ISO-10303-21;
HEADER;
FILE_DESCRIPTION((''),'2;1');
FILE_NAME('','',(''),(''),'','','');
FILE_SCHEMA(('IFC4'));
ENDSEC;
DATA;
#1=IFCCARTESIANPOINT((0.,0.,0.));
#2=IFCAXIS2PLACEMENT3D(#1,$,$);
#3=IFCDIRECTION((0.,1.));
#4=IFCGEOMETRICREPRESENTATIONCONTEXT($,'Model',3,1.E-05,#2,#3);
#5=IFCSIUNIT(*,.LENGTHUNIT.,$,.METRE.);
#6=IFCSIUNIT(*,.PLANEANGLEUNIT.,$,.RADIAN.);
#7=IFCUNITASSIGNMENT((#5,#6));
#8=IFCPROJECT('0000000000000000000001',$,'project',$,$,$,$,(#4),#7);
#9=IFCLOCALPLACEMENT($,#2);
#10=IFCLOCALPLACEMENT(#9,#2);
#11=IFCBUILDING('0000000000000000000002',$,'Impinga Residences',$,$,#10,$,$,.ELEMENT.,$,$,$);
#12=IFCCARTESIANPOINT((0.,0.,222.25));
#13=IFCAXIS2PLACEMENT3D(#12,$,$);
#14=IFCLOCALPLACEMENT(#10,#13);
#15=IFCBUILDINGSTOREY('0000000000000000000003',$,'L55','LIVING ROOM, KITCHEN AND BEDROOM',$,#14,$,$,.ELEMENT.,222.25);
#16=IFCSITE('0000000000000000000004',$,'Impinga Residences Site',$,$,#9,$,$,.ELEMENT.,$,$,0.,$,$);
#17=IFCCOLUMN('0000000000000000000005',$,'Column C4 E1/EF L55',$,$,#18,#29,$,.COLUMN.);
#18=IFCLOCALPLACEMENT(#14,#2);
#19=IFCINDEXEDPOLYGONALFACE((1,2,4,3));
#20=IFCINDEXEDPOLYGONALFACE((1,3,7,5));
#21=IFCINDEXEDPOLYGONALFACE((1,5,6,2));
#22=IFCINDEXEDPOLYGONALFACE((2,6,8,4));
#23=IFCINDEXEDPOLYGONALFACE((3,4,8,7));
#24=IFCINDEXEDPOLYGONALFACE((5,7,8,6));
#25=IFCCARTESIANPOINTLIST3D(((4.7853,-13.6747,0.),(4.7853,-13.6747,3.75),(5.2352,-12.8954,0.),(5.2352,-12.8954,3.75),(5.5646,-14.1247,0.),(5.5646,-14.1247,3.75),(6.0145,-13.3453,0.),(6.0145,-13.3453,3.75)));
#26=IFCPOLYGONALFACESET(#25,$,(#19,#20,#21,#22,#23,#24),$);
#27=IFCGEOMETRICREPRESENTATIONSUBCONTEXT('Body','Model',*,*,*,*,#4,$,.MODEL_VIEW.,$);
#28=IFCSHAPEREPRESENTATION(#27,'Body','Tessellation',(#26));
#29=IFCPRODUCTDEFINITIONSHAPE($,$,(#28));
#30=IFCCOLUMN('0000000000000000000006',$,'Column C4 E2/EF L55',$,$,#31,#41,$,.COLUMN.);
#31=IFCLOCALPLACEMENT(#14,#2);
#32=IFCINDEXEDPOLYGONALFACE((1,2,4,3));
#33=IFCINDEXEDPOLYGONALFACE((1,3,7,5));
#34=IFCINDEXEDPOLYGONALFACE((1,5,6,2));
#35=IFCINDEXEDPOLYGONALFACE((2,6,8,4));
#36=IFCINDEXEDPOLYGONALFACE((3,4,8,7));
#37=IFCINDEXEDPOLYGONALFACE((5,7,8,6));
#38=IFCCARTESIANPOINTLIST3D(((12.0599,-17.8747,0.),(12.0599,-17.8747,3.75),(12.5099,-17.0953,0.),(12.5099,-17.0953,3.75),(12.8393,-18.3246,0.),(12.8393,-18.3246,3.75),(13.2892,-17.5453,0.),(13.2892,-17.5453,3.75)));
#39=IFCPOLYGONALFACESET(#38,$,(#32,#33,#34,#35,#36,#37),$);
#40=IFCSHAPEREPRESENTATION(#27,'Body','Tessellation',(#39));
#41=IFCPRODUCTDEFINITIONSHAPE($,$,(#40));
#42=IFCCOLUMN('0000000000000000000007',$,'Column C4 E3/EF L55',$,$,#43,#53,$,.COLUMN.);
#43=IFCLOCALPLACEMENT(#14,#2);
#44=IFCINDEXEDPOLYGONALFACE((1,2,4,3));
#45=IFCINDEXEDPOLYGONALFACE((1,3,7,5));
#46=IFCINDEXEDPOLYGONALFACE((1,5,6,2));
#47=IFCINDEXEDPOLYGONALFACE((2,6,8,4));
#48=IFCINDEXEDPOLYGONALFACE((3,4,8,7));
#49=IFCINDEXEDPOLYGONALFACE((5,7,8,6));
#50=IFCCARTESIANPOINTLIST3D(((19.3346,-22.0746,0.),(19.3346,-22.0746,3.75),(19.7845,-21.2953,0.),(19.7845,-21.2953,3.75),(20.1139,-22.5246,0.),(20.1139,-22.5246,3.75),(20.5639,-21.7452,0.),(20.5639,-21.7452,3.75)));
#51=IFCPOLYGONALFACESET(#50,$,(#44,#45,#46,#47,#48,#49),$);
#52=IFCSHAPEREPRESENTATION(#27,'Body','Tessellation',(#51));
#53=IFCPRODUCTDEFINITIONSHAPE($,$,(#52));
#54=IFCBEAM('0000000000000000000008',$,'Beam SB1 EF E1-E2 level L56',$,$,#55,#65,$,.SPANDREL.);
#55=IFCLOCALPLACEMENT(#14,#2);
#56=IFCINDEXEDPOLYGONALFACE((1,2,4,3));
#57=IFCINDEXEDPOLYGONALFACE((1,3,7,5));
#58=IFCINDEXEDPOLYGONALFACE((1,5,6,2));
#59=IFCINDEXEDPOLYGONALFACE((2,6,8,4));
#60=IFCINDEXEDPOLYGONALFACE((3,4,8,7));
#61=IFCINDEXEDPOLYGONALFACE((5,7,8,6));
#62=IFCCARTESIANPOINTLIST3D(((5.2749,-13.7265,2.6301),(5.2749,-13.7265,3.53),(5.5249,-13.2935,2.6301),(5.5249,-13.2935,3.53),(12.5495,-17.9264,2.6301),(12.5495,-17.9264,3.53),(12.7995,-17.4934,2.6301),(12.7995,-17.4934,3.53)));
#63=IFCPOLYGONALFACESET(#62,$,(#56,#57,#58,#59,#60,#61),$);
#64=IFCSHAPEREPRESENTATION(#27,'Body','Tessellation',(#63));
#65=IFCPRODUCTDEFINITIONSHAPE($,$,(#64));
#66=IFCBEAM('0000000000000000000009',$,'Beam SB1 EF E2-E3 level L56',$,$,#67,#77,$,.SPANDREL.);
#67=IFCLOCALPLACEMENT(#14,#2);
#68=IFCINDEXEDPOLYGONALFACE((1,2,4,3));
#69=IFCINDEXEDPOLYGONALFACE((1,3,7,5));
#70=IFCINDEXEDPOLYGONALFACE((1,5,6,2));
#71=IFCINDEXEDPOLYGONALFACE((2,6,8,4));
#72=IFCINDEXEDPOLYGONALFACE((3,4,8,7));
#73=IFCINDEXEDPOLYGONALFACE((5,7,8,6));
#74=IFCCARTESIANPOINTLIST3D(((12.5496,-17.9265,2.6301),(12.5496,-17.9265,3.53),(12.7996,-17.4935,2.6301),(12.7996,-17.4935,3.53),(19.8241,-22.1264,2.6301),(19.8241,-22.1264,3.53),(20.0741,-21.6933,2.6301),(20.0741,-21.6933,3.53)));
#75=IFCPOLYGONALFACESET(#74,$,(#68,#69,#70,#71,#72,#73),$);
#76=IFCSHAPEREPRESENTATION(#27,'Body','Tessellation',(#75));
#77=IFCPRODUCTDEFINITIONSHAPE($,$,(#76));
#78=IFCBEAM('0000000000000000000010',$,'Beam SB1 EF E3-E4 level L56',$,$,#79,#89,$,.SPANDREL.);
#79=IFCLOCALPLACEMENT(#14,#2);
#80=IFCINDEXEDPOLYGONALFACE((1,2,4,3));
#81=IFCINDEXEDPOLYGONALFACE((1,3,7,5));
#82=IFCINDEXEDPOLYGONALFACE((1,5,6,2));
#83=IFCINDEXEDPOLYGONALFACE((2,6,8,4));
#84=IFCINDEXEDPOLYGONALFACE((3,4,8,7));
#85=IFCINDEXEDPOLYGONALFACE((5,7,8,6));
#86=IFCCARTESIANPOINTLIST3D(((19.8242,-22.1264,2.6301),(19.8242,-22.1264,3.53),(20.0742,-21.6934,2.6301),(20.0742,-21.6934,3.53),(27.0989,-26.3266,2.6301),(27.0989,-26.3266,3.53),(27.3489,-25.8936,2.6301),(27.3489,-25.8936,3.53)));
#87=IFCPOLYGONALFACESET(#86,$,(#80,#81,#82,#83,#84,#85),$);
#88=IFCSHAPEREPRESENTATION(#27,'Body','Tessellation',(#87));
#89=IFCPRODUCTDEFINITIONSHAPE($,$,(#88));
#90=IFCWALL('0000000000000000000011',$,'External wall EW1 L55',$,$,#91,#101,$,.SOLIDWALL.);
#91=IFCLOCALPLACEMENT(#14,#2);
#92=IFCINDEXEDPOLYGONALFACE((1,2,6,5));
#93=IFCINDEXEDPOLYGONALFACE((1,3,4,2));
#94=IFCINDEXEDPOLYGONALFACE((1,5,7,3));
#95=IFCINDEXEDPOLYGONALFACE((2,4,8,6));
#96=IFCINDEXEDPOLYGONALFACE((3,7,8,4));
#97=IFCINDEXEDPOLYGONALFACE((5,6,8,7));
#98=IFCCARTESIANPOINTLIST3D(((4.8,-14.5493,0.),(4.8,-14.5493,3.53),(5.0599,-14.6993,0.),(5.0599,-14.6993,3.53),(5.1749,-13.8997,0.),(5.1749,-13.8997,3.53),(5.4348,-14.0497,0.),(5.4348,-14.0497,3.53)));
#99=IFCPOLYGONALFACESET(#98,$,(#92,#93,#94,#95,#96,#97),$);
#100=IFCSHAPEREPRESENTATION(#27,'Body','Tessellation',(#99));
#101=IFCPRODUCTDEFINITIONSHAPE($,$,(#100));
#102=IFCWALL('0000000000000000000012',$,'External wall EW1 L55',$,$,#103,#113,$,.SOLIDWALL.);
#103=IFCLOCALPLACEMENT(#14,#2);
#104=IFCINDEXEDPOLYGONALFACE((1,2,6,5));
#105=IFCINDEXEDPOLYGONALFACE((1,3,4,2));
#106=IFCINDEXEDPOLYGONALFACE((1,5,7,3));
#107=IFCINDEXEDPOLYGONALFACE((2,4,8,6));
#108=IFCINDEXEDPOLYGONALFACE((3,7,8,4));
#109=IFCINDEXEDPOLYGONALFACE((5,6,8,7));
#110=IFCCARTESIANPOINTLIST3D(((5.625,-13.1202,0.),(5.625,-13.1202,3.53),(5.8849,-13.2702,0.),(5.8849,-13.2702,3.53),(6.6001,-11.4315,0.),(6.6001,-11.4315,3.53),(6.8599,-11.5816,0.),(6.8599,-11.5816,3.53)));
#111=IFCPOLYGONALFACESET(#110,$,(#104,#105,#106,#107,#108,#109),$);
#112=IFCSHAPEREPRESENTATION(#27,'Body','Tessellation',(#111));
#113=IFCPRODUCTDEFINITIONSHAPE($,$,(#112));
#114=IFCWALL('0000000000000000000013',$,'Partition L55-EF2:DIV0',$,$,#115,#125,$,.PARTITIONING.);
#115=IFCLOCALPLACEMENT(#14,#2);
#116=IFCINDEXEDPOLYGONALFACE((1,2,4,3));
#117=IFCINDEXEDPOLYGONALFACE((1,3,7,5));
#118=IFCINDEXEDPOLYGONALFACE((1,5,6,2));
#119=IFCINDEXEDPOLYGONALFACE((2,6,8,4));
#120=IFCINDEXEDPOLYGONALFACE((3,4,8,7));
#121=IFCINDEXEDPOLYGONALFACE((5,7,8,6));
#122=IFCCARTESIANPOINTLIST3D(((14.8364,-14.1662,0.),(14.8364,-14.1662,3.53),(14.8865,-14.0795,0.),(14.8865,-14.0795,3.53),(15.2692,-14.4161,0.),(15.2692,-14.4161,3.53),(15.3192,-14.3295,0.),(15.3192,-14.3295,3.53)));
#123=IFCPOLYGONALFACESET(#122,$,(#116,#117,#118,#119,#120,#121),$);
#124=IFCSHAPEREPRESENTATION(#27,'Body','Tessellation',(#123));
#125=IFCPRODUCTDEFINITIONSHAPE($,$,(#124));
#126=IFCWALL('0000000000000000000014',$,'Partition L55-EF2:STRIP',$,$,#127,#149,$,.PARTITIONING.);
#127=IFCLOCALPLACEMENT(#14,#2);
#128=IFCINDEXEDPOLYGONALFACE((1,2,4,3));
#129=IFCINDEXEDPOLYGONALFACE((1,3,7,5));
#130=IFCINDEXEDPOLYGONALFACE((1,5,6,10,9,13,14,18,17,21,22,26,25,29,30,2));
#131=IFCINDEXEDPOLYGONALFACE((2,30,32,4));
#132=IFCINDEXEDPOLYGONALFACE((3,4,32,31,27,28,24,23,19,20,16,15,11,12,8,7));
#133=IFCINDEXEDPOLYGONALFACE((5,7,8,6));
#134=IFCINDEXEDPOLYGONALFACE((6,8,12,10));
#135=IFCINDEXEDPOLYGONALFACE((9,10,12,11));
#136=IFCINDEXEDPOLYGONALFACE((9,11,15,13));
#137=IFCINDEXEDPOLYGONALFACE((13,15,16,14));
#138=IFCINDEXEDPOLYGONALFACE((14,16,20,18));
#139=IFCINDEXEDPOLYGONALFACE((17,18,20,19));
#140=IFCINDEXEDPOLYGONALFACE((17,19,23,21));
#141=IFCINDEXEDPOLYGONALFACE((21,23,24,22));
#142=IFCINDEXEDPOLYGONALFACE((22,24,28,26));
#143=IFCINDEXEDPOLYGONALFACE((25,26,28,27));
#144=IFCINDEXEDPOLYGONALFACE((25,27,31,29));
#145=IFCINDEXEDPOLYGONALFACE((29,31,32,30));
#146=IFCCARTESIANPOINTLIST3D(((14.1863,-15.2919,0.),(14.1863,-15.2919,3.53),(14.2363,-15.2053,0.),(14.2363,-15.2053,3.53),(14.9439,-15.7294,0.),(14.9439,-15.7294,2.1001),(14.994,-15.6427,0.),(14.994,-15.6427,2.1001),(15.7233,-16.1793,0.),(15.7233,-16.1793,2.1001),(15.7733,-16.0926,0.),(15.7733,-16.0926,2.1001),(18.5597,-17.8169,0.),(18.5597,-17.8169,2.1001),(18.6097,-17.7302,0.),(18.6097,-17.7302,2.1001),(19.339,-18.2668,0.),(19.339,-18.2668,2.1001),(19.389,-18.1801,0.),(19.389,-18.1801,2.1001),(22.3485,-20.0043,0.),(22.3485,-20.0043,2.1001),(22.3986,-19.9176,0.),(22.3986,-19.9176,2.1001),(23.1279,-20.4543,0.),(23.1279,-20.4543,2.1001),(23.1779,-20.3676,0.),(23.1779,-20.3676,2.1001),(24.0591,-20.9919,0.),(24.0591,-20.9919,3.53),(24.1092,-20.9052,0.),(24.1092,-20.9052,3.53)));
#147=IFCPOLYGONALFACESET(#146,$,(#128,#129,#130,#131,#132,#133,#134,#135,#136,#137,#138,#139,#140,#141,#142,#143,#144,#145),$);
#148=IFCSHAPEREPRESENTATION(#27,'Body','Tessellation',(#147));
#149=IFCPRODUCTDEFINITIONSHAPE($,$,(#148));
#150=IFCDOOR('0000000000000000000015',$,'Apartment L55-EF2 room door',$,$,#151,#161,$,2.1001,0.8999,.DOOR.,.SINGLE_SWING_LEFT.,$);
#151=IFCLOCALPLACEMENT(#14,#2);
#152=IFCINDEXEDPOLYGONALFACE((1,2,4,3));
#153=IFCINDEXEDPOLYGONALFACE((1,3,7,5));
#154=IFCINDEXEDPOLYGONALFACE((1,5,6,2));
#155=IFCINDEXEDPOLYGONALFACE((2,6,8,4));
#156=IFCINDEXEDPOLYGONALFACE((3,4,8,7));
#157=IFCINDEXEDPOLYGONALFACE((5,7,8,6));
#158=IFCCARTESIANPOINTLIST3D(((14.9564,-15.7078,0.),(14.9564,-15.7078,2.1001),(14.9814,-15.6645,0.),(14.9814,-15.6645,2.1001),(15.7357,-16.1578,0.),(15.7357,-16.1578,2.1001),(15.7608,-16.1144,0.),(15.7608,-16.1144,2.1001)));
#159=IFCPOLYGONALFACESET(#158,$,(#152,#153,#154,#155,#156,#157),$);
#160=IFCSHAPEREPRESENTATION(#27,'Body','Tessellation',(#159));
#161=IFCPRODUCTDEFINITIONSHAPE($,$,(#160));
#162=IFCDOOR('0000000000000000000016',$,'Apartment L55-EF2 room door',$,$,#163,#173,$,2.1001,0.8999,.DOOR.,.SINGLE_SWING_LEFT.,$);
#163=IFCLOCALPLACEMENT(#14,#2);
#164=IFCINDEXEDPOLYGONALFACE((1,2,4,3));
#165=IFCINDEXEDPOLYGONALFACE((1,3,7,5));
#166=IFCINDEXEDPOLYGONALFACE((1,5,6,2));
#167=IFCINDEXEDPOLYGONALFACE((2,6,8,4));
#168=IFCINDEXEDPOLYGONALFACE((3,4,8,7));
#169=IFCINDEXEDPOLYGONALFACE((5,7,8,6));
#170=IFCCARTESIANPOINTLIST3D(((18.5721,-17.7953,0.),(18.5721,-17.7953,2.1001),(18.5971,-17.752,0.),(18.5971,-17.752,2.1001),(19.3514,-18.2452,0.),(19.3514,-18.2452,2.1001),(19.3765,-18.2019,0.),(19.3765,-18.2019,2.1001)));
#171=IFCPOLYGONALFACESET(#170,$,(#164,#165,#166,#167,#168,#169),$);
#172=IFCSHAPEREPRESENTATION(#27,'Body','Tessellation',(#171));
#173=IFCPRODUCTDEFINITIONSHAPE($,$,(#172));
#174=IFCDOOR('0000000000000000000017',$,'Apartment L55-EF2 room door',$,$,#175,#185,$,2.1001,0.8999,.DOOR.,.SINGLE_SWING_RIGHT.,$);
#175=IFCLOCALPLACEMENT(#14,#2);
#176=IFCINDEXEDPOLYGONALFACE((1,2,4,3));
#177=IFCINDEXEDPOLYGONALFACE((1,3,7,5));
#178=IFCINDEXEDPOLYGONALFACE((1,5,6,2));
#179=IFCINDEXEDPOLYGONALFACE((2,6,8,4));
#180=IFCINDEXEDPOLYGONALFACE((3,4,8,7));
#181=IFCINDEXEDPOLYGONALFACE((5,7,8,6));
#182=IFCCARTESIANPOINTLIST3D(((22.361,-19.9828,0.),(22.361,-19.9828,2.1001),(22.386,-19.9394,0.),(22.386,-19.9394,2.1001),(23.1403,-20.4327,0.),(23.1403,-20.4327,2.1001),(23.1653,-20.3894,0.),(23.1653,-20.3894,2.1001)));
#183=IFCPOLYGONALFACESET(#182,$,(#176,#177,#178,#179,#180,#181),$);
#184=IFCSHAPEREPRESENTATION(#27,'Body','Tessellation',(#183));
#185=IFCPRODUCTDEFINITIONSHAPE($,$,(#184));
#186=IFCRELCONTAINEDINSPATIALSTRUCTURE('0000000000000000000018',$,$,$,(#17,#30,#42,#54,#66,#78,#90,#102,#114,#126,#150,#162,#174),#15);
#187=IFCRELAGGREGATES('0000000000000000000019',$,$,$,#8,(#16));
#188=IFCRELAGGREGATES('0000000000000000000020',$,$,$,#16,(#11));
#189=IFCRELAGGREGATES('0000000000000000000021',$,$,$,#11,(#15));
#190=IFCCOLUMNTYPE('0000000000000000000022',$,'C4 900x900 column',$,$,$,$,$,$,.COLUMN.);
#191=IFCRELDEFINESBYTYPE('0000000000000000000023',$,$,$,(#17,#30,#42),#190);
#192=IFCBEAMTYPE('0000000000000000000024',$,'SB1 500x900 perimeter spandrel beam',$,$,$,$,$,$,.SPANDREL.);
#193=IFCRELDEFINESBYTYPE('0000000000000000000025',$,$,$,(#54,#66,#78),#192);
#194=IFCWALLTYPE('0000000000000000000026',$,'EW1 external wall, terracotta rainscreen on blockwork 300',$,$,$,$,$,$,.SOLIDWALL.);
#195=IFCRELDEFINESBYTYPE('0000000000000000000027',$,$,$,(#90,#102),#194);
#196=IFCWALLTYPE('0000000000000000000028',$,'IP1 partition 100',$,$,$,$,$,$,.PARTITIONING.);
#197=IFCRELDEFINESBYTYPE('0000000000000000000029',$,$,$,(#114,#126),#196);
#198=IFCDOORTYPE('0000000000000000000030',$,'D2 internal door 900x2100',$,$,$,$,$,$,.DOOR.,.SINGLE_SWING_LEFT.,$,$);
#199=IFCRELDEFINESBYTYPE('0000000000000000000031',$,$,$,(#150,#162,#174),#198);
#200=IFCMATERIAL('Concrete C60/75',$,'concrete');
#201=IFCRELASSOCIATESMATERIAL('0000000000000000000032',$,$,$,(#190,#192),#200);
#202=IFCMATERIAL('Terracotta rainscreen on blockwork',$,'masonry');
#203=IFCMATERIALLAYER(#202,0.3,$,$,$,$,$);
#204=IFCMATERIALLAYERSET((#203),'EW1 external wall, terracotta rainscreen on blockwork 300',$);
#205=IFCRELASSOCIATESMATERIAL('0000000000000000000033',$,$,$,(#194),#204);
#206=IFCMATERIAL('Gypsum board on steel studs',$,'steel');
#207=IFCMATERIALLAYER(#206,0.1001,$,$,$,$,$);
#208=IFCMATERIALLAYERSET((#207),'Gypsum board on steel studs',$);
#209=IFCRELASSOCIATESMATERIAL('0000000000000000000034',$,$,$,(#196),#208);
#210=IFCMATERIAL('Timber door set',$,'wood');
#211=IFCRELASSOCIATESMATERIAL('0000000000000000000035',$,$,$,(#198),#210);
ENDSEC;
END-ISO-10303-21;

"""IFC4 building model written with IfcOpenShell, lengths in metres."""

from ifc_helpers import new_model, si_unit, direction, frame, frame_2d, origin, origin_2d, place, context, subcontext, project, spatial, rectangle, extrude, material, layer, layer_set, material_profile, profile_set, type_object, element, fill, save


model = new_model("IFC4")

# Units and contexts
model_context = context("Model", 3, precision=1e-05, world=origin(), true_north=direction((0.0, 1.0)))
body_context = subcontext(model_context, "Body", "Model", "MODEL_VIEW")
ifc_project = project(units=[si_unit("LENGTHUNIT", "METRE"), si_unit("PLANEANGLEUNIT", "RADIAN")], contexts=[model_context])

# Site, building, storey
site_placement = place(None, origin())
site = spatial("IfcSite", under=ifc_project, at=site_placement, Name="Impinga Residences Site", CompositionType="ELEMENT", RefElevation=0.0)
building_placement = place(site_placement, origin())
building = spatial("IfcBuilding", under=site, at=building_placement, Name="Impinga Residences", CompositionType="ELEMENT")
storey_placement = place(building_placement, frame((0.0, 0.0, 222.25)))
storey = spatial("IfcBuildingStorey", under=building, at=storey_placement, Name="L55", Description="LIVING ROOM, KITCHEN AND BEDROOM", CompositionType="ELEMENT", Elevation=222.25)

# Columns
ifc_material_1 = material(Name="Concrete C60/75", Category="concrete")
ifc_material_profile_1 = material_profile(ifc_material_1, rectangle(XDim=0.8999, YDim=0.8999, at=origin_2d()), Name="RC 900x900")
ifc_profile_set_1 = profile_set([ifc_material_profile_1], Name="Concrete C60/75")
column_type = type_object("IfcColumnType", Name="C4 900x900 column", PredefinedType="COLUMN", material=ifc_profile_set_1)
for number, where, z_axis, x_axis, name in (
    (1, (5.3999, -13.51, 0.0), (0.0, 0.0, 1.0), (-0.5, -0.866025, 0.0), "Column C4 E1/EF L55"),
    (2, (12.6746, -17.71, 0.0), (0.0, 0.0, 1.0), (-0.5, -0.866025, 0.0), "Column C4 E2/EF L55"),
    (3, (19.9492, -21.9099, 0.0), (0.0, 0.0, 1.0), (-0.5, -0.866025, 0.0), "Column C4 E3/EF L55"),
):
    element("IfcColumn", number, at=place(storey_placement, frame(where, z_axis=z_axis, x_axis=x_axis)), inside=storey, type_object=column_type, Name=name, PredefinedType="COLUMN", context=body_context, shape_type="SweptSolid", body=[
        extrude(rectangle(XDim=0.8999, YDim=0.8999, at=origin_2d()), origin(), (0.0, 0.0, 1.0), 3.75),
    ])

# Beams
ifc_material_profile_2 = material_profile(ifc_material_1, rectangle(XDim=0.5, YDim=0.8999, at=origin_2d()), Name="RC 500x900")
ifc_profile_set_2 = profile_set([ifc_material_profile_2], Name="Concrete C60/75")
beam_type = type_object("IfcBeamType", Name="SB1 500x900 perimeter spandrel beam", PredefinedType="SPANDREL", material=ifc_profile_set_2)
for number, where, z_axis, x_axis, name in (
    (4, (5.3999, -13.51, 3.0801), (0.866029, -0.499993, 0.0), (0.499993, 0.866029, 0.0), "Beam SB1 EF E1-E2 level L56"),
    (5, (12.6746, -17.71, 3.0801), (0.866029, -0.499993, 0.0), (0.499993, 0.866029, 0.0), "Beam SB1 EF E2-E3 level L56"),
):
    element("IfcBeam", number, at=place(storey_placement, frame(where, z_axis=z_axis, x_axis=x_axis)), inside=storey, type_object=beam_type, Name=name, PredefinedType="SPANDREL", context=body_context, shape_type="SweptSolid", body=[
        extrude(rectangle(XDim=0.5, YDim=0.8999, at=origin_2d()), origin(), (0.0, 0.0, 1.0), 8.3999),
    ])
beam_placement = place(storey_placement, frame((19.9492, -21.9099, 3.0801), z_axis=(0.866017, -0.500015, 0.0), x_axis=(0.500015, 0.866017, 0.0)))
element("IfcBeam", 6, at=beam_placement, inside=storey, type_object=beam_type, Name="Beam SB1 EF E3-E4 level L56", PredefinedType="SPANDREL", context=body_context, shape_type="SweptSolid", body=[
    extrude(rectangle(XDim=0.5, YDim=0.8999, at=origin_2d()), origin(), (0.0, 0.0, 1.0), 8.4001),
])

# Walls
ifc_material_2 = material(Name="Terracotta rainscreen on blockwork", Category="masonry")
ifc_layer_1 = layer(ifc_material_2, 0.3)
ifc_layer_set_1 = layer_set([ifc_layer_1], Name="EW1 external wall, terracotta rainscreen on blockwork 300")
wall_type_1 = type_object("IfcWallType", Name="EW1 external wall, terracotta rainscreen on blockwork 300", PredefinedType="SOLIDWALL", material=ifc_layer_set_1)
wall_1_placement = place(storey_placement, frame((4.9299, -14.6243, 0.0), z_axis=(0.0, 0.0, 1.0), x_axis=(0.49992, 0.866072, 0.0)))
element("IfcWall", 7, at=wall_1_placement, inside=storey, type_object=wall_type_1, Name="External wall EW1 L55", PredefinedType="SOLIDWALL", context=body_context, shape_type="SweptSolid", body=[
    extrude(rectangle(XDim=0.75, YDim=0.3, at=frame_2d((0.375, 0.0))), origin(), (0.0, 0.0, 1.0), 3.53),
])
wall_2_placement = place(storey_placement, frame((5.7549, -13.1953, 0.0), z_axis=(0.0, 0.0, 1.0), x_axis=(0.500044, 0.866, 0.0)))
element("IfcWall", 8, at=wall_2_placement, inside=storey, type_object=wall_type_1, Name="External wall EW1 L55", PredefinedType="SOLIDWALL", context=body_context, shape_type="SweptSolid", body=[
    extrude(rectangle(XDim=1.95, YDim=0.3, at=frame_2d((0.9751, 0.0))), origin(), (0.0, 0.0, 1.0), 3.53),
])
ifc_material_3 = material(Name="Gypsum board on steel studs", Category="steel")
ifc_layer_2 = layer(ifc_material_3, 0.1001)
ifc_layer_set_2 = layer_set([ifc_layer_2], Name="Gypsum board on steel studs")
wall_type_2 = type_object("IfcWallType", Name="IP1 partition 100", PredefinedType="PARTITIONING", material=ifc_layer_set_2)
wall_3_placement = place(storey_placement, frame((14.8613, -14.1228, 0.0), z_axis=(0.0, 0.0, 1.0), x_axis=(0.86595, -0.500131, 0.0)))
element("IfcWall", 9, at=wall_3_placement, inside=storey, type_object=wall_type_2, Name="Partition L55-EF2:DIV0", PredefinedType="PARTITIONING", context=body_context, shape_type="SweptSolid", body=[
    extrude(rectangle(XDim=0.4998, YDim=0.1001, at=frame_2d((0.25, 0.0))), origin(), (0.0, 0.0, 1.0), 3.53),
])

# Wall, openings, doors
wall_4_placement = place(storey_placement, frame((14.2112, -15.2485, 0.0), z_axis=(0.0, 0.0, 1.0), x_axis=(0.86603, -0.499992, 0.0)))
wall_4 = element("IfcWall", 10, at=wall_4_placement, inside=storey, type_object=wall_type_2, Name="Partition L55-EF2:STRIP", PredefinedType="PARTITIONING", context=body_context, shape_type="SweptSolid", body=[
    extrude(rectangle(XDim=11.4001, YDim=0.1001, at=frame_2d((5.7002, 0.0))), origin(), (0.0, 0.0, 1.0), 3.53),
])
opening_1_placement = place(wall_4_placement, frame((0.875, 0.0, 0.0)))
opening_1 = element("IfcOpeningElement", 11, at=opening_1_placement, cuts=wall_4, PredefinedType="OPENING", context=body_context, shape_type="SweptSolid", body=[
    extrude(rectangle(XDim=0.8999, YDim=2.1001, at=frame_2d((0.45, 1.05))), frame((0.0, 0.0601, 0.0), z_axis=(0.0, -1.0, 0.0), x_axis=(1.0, 0.0, 0.0)), (0.0, 0.0, 1.0), 0.1201),
])
opening_2_placement = place(wall_4_placement, frame((5.05, 0.0, 0.0)))
opening_2 = element("IfcOpeningElement", 12, at=opening_2_placement, cuts=wall_4, PredefinedType="OPENING", context=body_context, shape_type="SweptSolid", body=[
    extrude(rectangle(XDim=0.8999, YDim=2.1001, at=frame_2d((0.45, 1.05))), frame((0.0, 0.0601, 0.0), z_axis=(0.0, -1.0, 0.0), x_axis=(1.0, 0.0, 0.0)), (0.0, 0.0, 1.0), 0.1201),
])
opening_3_placement = place(wall_4_placement, frame((9.425, 0.0, 0.0)))
opening_3 = element("IfcOpeningElement", 13, at=opening_3_placement, cuts=wall_4, PredefinedType="OPENING", context=body_context, shape_type="SweptSolid", body=[
    extrude(rectangle(XDim=0.8999, YDim=2.1001, at=frame_2d((0.45, 1.05))), frame((0.0, 0.0601, 0.0), z_axis=(0.0, -1.0, 0.0), x_axis=(1.0, 0.0, 0.0)), (0.0, 0.0, 1.0), 0.1201),
])
ifc_material_4 = material(Name="Timber door set", Category="wood")
door_type = type_object("IfcDoorType", Name="D2 internal door 900x2100", OperationType="SINGLE_SWING_LEFT", PredefinedType="DOOR", material=ifc_material_4)
door_1_placement = place(opening_1_placement, origin())
door_1 = element("IfcDoor", 14, at=door_1_placement, inside=storey, type_object=door_type, Name="Apartment L55-EF2 room door", OperationType="SINGLE_SWING_LEFT", OverallHeight=2.1001, OverallWidth=0.8999, PredefinedType="DOOR", context=body_context, shape_type="SweptSolid", body=[
    extrude(rectangle(XDim=0.8999, YDim=2.1001, at=frame_2d((0.45, 1.05))), frame((0.0, 0.0249, 0.0), z_axis=(0.0, -1.0, 0.0), x_axis=(1.0, 0.0, 0.0)), (0.0, 0.0, 1.0), 0.05),
])
fill(opening_1, door_1)
door_2_placement = place(opening_2_placement, origin())
door_2 = element("IfcDoor", 15, at=door_2_placement, inside=storey, type_object=door_type, Name="Apartment L55-EF2 room door", OperationType="SINGLE_SWING_LEFT", OverallHeight=2.1001, OverallWidth=0.8999, PredefinedType="DOOR", context=body_context, shape_type="SweptSolid", body=[
    extrude(rectangle(XDim=0.8999, YDim=2.1001, at=frame_2d((0.45, 1.05))), frame((0.0, 0.0249, 0.0), z_axis=(0.0, -1.0, 0.0), x_axis=(1.0, 0.0, 0.0)), (0.0, 0.0, 1.0), 0.05),
])
fill(opening_2, door_2)
door_3_placement = place(opening_3_placement, origin())
door_3 = element("IfcDoor", 16, at=door_3_placement, inside=storey, type_object=door_type, Name="Apartment L55-EF2 room door", OperationType="SINGLE_SWING_RIGHT", OverallHeight=2.1001, OverallWidth=0.8999, PredefinedType="DOOR", context=body_context, shape_type="SweptSolid", body=[
    extrude(rectangle(XDim=0.8999, YDim=2.1001, at=frame_2d((0.45, 1.05))), frame((0.0, 0.0249, 0.0), z_axis=(0.0, -1.0, 0.0), x_axis=(1.0, 0.0, 0.0)), (0.0, 0.0, 1.0), 0.05),
])
fill(opening_3, door_3)

save(model, "model.ifc")
